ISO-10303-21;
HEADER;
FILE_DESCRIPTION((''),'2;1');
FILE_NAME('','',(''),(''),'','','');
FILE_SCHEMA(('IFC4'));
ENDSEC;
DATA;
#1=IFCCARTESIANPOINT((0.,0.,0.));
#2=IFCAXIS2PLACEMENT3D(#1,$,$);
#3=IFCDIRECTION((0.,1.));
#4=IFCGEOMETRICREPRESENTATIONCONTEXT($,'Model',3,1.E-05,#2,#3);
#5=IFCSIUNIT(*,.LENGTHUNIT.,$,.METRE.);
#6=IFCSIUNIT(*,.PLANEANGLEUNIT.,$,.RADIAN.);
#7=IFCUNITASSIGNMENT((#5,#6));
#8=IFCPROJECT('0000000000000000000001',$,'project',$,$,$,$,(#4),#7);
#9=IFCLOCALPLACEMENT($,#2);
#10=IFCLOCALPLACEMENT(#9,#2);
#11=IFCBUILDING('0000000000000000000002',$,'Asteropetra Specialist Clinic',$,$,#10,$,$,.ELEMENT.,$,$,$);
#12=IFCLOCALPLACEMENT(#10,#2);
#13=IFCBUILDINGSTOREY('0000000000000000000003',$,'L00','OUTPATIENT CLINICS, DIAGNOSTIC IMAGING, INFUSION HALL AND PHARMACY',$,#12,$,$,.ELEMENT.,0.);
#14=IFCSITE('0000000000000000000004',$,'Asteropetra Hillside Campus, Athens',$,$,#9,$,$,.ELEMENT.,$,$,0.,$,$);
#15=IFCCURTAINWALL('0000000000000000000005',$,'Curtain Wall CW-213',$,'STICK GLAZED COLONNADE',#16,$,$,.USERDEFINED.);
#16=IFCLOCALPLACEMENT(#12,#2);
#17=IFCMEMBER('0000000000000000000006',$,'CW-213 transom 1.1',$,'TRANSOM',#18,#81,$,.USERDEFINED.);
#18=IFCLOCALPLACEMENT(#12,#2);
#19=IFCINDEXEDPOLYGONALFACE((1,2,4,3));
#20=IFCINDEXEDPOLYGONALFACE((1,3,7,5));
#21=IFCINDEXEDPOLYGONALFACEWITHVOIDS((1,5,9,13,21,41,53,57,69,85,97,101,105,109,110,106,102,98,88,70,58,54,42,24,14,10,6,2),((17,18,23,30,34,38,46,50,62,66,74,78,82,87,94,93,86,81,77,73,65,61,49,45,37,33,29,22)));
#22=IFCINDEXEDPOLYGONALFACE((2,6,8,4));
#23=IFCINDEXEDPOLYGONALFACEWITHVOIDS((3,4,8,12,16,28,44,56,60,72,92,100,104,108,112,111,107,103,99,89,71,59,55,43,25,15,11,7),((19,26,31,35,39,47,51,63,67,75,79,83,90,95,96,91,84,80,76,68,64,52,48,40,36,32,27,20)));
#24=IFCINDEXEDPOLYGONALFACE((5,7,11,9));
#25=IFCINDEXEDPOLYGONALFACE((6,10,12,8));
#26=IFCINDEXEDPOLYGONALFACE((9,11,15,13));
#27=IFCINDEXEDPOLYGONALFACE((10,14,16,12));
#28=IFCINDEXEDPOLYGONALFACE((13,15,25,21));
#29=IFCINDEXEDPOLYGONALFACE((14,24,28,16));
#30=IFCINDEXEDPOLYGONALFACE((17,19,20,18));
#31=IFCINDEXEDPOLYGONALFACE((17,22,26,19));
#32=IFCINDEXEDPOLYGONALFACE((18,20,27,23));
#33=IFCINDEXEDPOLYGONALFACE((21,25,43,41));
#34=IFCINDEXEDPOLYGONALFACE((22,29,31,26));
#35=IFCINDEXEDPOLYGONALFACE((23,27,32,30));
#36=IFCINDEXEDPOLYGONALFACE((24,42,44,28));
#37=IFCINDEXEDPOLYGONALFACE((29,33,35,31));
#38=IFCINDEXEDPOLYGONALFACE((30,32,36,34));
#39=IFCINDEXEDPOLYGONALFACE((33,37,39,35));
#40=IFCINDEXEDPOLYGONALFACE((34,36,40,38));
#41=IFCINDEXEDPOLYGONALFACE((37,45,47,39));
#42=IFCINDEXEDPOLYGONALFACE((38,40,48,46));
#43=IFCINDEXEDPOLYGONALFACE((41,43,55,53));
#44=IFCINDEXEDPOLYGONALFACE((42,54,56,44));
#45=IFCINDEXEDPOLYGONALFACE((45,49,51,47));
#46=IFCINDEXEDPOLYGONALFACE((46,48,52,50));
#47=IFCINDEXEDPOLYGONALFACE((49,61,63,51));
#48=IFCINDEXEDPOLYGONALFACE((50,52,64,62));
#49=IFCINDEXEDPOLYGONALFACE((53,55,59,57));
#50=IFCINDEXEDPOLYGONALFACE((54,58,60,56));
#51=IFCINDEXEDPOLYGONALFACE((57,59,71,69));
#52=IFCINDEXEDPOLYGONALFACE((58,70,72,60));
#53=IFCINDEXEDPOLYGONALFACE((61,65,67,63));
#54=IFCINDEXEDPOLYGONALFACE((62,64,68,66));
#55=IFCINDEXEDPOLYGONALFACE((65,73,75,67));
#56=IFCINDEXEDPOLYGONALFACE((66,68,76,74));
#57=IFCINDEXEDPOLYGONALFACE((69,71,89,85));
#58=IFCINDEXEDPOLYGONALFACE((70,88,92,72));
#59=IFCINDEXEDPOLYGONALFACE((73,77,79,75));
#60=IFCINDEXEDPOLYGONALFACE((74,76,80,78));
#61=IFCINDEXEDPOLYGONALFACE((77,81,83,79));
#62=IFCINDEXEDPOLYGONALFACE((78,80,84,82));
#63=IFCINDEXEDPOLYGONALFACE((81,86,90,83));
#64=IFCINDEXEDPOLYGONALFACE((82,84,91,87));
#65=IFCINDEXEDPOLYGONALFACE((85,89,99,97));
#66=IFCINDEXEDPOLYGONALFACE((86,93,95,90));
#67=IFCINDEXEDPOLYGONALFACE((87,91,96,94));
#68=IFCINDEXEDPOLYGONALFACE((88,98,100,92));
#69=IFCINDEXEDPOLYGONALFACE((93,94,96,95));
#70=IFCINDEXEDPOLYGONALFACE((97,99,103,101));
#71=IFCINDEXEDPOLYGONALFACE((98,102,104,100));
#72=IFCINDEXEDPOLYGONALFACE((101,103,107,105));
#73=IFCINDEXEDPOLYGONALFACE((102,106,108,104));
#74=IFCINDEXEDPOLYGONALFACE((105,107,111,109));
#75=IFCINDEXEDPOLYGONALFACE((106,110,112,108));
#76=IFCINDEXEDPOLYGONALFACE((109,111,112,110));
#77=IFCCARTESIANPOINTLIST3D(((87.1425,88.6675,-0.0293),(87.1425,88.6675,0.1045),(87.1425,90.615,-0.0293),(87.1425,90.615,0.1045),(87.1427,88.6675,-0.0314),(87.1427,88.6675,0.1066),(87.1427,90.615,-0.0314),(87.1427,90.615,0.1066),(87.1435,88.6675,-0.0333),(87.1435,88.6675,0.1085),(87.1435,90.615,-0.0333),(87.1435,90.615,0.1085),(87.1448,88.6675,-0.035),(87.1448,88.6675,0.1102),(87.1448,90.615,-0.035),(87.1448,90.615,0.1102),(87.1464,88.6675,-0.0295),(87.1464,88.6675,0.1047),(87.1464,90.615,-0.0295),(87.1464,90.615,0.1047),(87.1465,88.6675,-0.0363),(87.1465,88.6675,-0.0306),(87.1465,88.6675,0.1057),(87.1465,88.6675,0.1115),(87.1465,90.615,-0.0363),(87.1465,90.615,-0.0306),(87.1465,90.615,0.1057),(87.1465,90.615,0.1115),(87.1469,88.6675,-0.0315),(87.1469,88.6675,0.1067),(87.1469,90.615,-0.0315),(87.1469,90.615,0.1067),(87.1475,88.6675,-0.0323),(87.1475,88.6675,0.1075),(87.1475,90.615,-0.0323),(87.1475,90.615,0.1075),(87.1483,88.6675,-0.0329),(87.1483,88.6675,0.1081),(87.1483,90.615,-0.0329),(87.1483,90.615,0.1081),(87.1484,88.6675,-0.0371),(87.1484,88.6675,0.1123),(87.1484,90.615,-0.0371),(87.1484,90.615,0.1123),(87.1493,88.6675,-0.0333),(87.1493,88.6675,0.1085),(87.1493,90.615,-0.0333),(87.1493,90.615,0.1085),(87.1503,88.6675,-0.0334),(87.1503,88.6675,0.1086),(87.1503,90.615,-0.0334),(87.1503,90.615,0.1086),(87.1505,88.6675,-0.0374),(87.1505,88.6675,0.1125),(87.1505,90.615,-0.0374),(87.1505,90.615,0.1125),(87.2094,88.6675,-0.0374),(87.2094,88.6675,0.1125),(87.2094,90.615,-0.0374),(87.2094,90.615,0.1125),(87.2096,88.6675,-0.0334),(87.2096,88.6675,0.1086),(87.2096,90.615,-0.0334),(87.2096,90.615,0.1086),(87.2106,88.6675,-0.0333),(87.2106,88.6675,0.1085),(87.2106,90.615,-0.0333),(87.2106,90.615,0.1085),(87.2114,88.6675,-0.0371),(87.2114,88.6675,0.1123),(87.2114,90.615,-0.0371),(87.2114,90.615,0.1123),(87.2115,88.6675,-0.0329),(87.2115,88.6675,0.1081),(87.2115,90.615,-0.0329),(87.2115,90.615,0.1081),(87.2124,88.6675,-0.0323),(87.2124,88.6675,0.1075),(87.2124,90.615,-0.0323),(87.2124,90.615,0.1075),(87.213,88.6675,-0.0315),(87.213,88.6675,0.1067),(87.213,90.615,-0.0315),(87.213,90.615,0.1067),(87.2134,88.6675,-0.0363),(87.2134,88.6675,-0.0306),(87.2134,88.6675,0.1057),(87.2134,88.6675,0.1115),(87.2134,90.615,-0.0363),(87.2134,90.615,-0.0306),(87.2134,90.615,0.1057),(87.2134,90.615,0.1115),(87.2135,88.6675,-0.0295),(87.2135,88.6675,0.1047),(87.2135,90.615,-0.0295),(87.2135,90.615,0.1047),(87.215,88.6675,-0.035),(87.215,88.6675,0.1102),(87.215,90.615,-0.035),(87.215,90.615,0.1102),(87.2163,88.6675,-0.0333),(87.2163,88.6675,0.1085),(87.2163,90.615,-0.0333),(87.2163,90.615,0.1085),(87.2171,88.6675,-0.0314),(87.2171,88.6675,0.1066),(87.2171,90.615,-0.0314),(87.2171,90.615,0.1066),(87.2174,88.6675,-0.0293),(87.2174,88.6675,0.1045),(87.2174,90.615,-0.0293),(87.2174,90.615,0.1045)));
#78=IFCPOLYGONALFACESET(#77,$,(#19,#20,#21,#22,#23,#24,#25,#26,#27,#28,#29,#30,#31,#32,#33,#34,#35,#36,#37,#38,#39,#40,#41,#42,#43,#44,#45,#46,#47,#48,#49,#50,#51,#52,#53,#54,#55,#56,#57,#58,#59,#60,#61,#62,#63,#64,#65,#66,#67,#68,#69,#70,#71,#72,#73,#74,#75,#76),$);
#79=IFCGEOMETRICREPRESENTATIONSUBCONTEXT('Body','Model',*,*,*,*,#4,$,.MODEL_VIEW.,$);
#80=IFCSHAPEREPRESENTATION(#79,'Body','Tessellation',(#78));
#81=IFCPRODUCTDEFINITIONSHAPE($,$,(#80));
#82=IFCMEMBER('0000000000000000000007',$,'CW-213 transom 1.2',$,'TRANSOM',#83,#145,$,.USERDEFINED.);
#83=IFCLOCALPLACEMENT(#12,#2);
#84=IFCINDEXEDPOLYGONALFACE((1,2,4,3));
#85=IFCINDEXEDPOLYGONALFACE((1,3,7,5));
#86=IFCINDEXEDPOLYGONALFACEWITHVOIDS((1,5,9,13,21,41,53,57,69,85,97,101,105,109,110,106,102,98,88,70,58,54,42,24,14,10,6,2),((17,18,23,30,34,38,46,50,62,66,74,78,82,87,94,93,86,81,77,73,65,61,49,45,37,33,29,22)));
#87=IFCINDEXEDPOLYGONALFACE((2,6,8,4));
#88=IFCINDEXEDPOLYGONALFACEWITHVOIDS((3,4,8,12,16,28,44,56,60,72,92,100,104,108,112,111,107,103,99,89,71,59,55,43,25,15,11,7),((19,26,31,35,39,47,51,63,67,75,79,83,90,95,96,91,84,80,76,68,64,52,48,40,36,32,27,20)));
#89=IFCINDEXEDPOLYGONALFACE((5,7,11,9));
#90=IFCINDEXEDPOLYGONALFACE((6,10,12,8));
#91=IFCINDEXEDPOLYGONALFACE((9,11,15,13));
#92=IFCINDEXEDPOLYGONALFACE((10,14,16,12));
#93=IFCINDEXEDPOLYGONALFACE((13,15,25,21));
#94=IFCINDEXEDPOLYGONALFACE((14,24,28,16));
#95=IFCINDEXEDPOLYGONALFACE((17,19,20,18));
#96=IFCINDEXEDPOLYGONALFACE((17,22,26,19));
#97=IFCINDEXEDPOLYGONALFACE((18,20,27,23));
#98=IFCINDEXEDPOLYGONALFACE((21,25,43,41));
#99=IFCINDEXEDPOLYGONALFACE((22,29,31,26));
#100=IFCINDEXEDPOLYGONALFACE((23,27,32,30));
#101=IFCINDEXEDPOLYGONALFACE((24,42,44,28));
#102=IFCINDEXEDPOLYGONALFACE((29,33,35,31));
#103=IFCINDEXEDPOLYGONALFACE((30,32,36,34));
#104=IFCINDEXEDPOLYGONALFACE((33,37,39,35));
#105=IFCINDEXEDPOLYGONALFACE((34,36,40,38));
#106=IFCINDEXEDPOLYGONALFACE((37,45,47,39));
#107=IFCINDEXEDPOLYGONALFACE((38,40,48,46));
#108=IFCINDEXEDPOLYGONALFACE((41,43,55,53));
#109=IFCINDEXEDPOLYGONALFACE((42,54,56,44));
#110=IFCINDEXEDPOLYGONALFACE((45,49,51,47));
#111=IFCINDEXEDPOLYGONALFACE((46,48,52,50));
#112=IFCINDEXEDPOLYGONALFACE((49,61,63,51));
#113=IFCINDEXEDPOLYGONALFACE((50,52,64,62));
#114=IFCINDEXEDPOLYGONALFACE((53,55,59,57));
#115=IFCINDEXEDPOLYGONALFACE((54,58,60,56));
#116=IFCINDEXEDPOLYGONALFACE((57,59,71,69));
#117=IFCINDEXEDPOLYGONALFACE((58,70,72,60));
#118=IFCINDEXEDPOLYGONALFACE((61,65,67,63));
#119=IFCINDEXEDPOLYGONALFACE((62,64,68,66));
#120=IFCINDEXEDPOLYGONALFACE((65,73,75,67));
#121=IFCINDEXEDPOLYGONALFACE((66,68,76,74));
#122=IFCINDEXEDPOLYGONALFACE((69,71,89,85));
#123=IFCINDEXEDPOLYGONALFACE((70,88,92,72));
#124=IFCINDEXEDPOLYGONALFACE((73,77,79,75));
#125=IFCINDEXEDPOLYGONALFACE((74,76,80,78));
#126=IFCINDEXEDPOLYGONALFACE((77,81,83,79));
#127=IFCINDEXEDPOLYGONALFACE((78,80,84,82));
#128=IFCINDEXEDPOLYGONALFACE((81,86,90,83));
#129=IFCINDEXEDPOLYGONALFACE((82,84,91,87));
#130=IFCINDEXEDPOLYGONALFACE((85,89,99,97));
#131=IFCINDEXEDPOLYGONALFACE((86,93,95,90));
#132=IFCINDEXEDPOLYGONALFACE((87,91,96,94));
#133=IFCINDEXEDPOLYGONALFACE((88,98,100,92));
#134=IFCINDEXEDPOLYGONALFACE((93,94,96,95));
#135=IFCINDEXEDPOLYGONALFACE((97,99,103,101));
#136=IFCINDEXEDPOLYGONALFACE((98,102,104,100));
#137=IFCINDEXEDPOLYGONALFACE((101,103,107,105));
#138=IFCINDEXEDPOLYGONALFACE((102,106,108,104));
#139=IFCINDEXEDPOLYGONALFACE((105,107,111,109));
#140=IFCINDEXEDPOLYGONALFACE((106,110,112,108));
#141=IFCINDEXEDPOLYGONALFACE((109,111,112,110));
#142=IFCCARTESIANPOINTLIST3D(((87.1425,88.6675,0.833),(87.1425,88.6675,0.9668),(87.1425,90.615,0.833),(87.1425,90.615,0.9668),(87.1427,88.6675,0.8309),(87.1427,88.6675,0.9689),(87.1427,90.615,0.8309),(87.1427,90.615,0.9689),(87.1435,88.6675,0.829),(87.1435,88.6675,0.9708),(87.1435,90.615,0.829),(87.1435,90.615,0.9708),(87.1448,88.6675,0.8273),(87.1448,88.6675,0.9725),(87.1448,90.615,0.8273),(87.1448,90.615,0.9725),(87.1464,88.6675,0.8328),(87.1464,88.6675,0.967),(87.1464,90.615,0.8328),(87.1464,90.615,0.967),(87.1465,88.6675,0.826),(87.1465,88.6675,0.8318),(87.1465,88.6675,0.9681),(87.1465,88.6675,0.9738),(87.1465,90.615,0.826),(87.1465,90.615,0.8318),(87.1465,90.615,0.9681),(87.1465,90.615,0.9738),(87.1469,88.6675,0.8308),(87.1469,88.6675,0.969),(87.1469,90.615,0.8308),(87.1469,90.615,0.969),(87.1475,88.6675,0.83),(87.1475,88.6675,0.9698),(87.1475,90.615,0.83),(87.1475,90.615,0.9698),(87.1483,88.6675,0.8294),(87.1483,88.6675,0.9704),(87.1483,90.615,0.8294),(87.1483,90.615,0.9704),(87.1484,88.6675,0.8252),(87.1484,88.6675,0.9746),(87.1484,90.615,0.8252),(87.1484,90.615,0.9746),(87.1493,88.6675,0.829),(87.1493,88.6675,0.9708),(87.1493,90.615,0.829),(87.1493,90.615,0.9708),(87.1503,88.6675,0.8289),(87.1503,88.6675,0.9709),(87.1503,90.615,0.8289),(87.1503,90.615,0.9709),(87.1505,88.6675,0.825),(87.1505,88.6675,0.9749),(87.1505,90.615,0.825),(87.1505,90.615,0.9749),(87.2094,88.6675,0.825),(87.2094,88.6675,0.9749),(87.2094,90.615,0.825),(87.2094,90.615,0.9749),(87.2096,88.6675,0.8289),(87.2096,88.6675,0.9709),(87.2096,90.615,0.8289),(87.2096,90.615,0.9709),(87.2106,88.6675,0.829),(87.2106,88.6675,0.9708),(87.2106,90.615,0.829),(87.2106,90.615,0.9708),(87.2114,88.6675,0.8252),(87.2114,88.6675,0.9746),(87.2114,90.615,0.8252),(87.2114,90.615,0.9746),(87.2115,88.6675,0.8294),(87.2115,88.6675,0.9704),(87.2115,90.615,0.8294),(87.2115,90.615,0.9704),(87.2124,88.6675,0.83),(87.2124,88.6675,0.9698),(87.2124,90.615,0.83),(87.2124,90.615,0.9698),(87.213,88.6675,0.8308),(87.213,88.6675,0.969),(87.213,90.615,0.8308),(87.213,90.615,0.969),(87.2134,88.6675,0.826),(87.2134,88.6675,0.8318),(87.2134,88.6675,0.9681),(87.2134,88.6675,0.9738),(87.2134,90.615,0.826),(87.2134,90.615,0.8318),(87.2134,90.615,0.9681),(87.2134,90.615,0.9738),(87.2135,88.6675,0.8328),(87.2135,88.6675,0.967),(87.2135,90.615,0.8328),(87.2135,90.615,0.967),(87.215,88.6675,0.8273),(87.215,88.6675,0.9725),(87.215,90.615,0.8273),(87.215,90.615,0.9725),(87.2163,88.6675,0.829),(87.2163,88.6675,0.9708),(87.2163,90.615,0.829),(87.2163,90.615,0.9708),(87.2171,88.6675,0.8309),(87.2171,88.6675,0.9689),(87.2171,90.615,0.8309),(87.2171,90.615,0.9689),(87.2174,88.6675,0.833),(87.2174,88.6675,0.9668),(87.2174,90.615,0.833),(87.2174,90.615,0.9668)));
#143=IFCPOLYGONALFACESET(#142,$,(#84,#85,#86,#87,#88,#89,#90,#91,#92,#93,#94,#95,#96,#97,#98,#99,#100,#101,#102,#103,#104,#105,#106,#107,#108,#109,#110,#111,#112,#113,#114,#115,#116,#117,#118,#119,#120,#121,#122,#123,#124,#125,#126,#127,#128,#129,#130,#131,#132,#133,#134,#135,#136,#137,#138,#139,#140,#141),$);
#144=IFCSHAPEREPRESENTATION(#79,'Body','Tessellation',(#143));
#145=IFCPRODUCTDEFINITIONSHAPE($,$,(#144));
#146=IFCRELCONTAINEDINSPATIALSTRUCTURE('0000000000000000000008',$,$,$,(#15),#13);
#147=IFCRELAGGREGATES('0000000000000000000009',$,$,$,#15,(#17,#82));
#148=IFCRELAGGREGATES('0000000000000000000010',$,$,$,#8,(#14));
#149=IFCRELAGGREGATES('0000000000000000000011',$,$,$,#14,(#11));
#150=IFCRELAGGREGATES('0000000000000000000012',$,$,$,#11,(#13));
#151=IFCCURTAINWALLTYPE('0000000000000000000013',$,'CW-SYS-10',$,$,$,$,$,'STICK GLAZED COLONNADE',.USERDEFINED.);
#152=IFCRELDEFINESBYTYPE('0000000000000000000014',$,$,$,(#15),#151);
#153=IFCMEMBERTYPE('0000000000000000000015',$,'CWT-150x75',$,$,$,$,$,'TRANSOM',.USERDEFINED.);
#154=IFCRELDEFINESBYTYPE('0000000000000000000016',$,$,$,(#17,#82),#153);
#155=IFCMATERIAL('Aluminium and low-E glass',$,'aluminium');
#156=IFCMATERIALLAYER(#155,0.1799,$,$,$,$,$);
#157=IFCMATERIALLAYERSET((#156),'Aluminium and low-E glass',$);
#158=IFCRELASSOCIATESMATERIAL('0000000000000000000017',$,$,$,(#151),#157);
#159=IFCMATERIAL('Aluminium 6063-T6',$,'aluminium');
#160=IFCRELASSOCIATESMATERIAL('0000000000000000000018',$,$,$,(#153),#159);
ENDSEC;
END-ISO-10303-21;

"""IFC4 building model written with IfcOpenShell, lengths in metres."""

from ifc_helpers import new_model, si_unit, direction, frame, origin, origin_2d, place, context, subcontext, project, spatial, hollow_rectangle, extrude, material, layer, layer_set, material_profile, profile_set, type_object, element, aggregate, save


model = new_model("IFC4")

# Units and contexts
model_context = context("Model", 3, precision=1e-05, world=origin(), true_north=direction((0.0, 1.0)))
body_context = subcontext(model_context, "Body", "Model", "MODEL_VIEW")
ifc_project = project(units=[si_unit("LENGTHUNIT", "METRE"), si_unit("PLANEANGLEUNIT", "RADIAN")], contexts=[model_context])

# Site, building, storey
site_placement = place(None, origin())
site = spatial("IfcSite", under=ifc_project, at=site_placement, Name="Asteropetra Hillside Campus, Athens", CompositionType="ELEMENT", RefElevation=0.0)
building_placement = place(site_placement, origin())
building = spatial("IfcBuilding", under=site, at=building_placement, Name="Asteropetra Specialist Clinic", CompositionType="ELEMENT")
storey_placement = place(building_placement, origin())
storey = spatial("IfcBuildingStorey", under=building, at=storey_placement, Name="L00", Description="OUTPATIENT CLINICS, DIAGNOSTIC IMAGING, INFUSION HALL AND PHARMACY", CompositionType="ELEMENT", Elevation=0.0)

# Curtain wall, members
ifc_material_1 = material(Name="Aluminium and low-E glass", Category="aluminium")
ifc_layer_1 = layer(ifc_material_1, 0.1799)
ifc_layer_set_1 = layer_set([ifc_layer_1], Name="Aluminium and low-E glass")
curtain_wall_type_1 = type_object("IfcCurtainWallType", Name="CW-SYS-10", ElementType="STICK GLAZED COLONNADE", PredefinedType="USERDEFINED", material=ifc_layer_set_1)
curtain_wall_1_placement = place(storey_placement, origin())
curtain_wall_1 = element("IfcCurtainWall", 1, at=curtain_wall_1_placement, inside=storey, type_object=curtain_wall_type_1, Name="Curtain Wall CW-213", ObjectType="STICK GLAZED COLONNADE", PredefinedType="USERDEFINED")
ifc_material_2 = material(Name="Aluminium 6063-T6", Category="aluminium")
ifc_material_profile_1 = material_profile(ifc_material_2, hollow_rectangle(XDim=0.075, YDim=0.1499, WallThickness=0.0039, InnerFilletRadius=0.0039, OuterFilletRadius=0.0081, at=origin_2d()), Name="TRN 150x75x4.0")
ifc_profile_set_1 = profile_set([ifc_material_profile_1], Name="Aluminium 6063-T6")
member_type_1 = type_object("IfcMemberType", Name="CWT-150x75", ElementType="TRANSOM", PredefinedType="USERDEFINED", material=ifc_profile_set_1)
member_1_placement = place(storey_placement, frame((87.1799, 90.615, 0.0376), z_axis=(0.0, -1.0, 0.0), x_axis=(1.0, 0.0, 0.0)))
member_1 = element("IfcMember", 2, at=member_1_placement, type_object=member_type_1, Name="CW-213 transom 1.1", ObjectType="TRANSOM", PredefinedType="USERDEFINED", context=body_context, shape_type="SweptSolid", body=[
    extrude(hollow_rectangle(XDim=0.075, YDim=0.1499, WallThickness=0.0039, InnerFilletRadius=0.0039, OuterFilletRadius=0.0081, at=origin_2d()), origin(), (0.0, 0.0, 1.0), 1.9475),
])
member_2_placement = place(storey_placement, frame((87.1799, 90.615, 0.8999), z_axis=(0.0, -1.0, 0.0), x_axis=(1.0, 0.0, 0.0)))
member_2 = element("IfcMember", 3, at=member_2_placement, type_object=member_type_1, Name="CW-213 transom 1.2", ObjectType="TRANSOM", PredefinedType="USERDEFINED", context=body_context, shape_type="SweptSolid", body=[
    extrude(hollow_rectangle(XDim=0.075, YDim=0.1499, WallThickness=0.0039, InnerFilletRadius=0.0039, OuterFilletRadius=0.0081, at=origin_2d()), origin(), (0.0, 0.0, 1.0), 1.9475),
])
aggregate(curtain_wall_1, [member_1, member_2])

save(model, "model.ifc")
